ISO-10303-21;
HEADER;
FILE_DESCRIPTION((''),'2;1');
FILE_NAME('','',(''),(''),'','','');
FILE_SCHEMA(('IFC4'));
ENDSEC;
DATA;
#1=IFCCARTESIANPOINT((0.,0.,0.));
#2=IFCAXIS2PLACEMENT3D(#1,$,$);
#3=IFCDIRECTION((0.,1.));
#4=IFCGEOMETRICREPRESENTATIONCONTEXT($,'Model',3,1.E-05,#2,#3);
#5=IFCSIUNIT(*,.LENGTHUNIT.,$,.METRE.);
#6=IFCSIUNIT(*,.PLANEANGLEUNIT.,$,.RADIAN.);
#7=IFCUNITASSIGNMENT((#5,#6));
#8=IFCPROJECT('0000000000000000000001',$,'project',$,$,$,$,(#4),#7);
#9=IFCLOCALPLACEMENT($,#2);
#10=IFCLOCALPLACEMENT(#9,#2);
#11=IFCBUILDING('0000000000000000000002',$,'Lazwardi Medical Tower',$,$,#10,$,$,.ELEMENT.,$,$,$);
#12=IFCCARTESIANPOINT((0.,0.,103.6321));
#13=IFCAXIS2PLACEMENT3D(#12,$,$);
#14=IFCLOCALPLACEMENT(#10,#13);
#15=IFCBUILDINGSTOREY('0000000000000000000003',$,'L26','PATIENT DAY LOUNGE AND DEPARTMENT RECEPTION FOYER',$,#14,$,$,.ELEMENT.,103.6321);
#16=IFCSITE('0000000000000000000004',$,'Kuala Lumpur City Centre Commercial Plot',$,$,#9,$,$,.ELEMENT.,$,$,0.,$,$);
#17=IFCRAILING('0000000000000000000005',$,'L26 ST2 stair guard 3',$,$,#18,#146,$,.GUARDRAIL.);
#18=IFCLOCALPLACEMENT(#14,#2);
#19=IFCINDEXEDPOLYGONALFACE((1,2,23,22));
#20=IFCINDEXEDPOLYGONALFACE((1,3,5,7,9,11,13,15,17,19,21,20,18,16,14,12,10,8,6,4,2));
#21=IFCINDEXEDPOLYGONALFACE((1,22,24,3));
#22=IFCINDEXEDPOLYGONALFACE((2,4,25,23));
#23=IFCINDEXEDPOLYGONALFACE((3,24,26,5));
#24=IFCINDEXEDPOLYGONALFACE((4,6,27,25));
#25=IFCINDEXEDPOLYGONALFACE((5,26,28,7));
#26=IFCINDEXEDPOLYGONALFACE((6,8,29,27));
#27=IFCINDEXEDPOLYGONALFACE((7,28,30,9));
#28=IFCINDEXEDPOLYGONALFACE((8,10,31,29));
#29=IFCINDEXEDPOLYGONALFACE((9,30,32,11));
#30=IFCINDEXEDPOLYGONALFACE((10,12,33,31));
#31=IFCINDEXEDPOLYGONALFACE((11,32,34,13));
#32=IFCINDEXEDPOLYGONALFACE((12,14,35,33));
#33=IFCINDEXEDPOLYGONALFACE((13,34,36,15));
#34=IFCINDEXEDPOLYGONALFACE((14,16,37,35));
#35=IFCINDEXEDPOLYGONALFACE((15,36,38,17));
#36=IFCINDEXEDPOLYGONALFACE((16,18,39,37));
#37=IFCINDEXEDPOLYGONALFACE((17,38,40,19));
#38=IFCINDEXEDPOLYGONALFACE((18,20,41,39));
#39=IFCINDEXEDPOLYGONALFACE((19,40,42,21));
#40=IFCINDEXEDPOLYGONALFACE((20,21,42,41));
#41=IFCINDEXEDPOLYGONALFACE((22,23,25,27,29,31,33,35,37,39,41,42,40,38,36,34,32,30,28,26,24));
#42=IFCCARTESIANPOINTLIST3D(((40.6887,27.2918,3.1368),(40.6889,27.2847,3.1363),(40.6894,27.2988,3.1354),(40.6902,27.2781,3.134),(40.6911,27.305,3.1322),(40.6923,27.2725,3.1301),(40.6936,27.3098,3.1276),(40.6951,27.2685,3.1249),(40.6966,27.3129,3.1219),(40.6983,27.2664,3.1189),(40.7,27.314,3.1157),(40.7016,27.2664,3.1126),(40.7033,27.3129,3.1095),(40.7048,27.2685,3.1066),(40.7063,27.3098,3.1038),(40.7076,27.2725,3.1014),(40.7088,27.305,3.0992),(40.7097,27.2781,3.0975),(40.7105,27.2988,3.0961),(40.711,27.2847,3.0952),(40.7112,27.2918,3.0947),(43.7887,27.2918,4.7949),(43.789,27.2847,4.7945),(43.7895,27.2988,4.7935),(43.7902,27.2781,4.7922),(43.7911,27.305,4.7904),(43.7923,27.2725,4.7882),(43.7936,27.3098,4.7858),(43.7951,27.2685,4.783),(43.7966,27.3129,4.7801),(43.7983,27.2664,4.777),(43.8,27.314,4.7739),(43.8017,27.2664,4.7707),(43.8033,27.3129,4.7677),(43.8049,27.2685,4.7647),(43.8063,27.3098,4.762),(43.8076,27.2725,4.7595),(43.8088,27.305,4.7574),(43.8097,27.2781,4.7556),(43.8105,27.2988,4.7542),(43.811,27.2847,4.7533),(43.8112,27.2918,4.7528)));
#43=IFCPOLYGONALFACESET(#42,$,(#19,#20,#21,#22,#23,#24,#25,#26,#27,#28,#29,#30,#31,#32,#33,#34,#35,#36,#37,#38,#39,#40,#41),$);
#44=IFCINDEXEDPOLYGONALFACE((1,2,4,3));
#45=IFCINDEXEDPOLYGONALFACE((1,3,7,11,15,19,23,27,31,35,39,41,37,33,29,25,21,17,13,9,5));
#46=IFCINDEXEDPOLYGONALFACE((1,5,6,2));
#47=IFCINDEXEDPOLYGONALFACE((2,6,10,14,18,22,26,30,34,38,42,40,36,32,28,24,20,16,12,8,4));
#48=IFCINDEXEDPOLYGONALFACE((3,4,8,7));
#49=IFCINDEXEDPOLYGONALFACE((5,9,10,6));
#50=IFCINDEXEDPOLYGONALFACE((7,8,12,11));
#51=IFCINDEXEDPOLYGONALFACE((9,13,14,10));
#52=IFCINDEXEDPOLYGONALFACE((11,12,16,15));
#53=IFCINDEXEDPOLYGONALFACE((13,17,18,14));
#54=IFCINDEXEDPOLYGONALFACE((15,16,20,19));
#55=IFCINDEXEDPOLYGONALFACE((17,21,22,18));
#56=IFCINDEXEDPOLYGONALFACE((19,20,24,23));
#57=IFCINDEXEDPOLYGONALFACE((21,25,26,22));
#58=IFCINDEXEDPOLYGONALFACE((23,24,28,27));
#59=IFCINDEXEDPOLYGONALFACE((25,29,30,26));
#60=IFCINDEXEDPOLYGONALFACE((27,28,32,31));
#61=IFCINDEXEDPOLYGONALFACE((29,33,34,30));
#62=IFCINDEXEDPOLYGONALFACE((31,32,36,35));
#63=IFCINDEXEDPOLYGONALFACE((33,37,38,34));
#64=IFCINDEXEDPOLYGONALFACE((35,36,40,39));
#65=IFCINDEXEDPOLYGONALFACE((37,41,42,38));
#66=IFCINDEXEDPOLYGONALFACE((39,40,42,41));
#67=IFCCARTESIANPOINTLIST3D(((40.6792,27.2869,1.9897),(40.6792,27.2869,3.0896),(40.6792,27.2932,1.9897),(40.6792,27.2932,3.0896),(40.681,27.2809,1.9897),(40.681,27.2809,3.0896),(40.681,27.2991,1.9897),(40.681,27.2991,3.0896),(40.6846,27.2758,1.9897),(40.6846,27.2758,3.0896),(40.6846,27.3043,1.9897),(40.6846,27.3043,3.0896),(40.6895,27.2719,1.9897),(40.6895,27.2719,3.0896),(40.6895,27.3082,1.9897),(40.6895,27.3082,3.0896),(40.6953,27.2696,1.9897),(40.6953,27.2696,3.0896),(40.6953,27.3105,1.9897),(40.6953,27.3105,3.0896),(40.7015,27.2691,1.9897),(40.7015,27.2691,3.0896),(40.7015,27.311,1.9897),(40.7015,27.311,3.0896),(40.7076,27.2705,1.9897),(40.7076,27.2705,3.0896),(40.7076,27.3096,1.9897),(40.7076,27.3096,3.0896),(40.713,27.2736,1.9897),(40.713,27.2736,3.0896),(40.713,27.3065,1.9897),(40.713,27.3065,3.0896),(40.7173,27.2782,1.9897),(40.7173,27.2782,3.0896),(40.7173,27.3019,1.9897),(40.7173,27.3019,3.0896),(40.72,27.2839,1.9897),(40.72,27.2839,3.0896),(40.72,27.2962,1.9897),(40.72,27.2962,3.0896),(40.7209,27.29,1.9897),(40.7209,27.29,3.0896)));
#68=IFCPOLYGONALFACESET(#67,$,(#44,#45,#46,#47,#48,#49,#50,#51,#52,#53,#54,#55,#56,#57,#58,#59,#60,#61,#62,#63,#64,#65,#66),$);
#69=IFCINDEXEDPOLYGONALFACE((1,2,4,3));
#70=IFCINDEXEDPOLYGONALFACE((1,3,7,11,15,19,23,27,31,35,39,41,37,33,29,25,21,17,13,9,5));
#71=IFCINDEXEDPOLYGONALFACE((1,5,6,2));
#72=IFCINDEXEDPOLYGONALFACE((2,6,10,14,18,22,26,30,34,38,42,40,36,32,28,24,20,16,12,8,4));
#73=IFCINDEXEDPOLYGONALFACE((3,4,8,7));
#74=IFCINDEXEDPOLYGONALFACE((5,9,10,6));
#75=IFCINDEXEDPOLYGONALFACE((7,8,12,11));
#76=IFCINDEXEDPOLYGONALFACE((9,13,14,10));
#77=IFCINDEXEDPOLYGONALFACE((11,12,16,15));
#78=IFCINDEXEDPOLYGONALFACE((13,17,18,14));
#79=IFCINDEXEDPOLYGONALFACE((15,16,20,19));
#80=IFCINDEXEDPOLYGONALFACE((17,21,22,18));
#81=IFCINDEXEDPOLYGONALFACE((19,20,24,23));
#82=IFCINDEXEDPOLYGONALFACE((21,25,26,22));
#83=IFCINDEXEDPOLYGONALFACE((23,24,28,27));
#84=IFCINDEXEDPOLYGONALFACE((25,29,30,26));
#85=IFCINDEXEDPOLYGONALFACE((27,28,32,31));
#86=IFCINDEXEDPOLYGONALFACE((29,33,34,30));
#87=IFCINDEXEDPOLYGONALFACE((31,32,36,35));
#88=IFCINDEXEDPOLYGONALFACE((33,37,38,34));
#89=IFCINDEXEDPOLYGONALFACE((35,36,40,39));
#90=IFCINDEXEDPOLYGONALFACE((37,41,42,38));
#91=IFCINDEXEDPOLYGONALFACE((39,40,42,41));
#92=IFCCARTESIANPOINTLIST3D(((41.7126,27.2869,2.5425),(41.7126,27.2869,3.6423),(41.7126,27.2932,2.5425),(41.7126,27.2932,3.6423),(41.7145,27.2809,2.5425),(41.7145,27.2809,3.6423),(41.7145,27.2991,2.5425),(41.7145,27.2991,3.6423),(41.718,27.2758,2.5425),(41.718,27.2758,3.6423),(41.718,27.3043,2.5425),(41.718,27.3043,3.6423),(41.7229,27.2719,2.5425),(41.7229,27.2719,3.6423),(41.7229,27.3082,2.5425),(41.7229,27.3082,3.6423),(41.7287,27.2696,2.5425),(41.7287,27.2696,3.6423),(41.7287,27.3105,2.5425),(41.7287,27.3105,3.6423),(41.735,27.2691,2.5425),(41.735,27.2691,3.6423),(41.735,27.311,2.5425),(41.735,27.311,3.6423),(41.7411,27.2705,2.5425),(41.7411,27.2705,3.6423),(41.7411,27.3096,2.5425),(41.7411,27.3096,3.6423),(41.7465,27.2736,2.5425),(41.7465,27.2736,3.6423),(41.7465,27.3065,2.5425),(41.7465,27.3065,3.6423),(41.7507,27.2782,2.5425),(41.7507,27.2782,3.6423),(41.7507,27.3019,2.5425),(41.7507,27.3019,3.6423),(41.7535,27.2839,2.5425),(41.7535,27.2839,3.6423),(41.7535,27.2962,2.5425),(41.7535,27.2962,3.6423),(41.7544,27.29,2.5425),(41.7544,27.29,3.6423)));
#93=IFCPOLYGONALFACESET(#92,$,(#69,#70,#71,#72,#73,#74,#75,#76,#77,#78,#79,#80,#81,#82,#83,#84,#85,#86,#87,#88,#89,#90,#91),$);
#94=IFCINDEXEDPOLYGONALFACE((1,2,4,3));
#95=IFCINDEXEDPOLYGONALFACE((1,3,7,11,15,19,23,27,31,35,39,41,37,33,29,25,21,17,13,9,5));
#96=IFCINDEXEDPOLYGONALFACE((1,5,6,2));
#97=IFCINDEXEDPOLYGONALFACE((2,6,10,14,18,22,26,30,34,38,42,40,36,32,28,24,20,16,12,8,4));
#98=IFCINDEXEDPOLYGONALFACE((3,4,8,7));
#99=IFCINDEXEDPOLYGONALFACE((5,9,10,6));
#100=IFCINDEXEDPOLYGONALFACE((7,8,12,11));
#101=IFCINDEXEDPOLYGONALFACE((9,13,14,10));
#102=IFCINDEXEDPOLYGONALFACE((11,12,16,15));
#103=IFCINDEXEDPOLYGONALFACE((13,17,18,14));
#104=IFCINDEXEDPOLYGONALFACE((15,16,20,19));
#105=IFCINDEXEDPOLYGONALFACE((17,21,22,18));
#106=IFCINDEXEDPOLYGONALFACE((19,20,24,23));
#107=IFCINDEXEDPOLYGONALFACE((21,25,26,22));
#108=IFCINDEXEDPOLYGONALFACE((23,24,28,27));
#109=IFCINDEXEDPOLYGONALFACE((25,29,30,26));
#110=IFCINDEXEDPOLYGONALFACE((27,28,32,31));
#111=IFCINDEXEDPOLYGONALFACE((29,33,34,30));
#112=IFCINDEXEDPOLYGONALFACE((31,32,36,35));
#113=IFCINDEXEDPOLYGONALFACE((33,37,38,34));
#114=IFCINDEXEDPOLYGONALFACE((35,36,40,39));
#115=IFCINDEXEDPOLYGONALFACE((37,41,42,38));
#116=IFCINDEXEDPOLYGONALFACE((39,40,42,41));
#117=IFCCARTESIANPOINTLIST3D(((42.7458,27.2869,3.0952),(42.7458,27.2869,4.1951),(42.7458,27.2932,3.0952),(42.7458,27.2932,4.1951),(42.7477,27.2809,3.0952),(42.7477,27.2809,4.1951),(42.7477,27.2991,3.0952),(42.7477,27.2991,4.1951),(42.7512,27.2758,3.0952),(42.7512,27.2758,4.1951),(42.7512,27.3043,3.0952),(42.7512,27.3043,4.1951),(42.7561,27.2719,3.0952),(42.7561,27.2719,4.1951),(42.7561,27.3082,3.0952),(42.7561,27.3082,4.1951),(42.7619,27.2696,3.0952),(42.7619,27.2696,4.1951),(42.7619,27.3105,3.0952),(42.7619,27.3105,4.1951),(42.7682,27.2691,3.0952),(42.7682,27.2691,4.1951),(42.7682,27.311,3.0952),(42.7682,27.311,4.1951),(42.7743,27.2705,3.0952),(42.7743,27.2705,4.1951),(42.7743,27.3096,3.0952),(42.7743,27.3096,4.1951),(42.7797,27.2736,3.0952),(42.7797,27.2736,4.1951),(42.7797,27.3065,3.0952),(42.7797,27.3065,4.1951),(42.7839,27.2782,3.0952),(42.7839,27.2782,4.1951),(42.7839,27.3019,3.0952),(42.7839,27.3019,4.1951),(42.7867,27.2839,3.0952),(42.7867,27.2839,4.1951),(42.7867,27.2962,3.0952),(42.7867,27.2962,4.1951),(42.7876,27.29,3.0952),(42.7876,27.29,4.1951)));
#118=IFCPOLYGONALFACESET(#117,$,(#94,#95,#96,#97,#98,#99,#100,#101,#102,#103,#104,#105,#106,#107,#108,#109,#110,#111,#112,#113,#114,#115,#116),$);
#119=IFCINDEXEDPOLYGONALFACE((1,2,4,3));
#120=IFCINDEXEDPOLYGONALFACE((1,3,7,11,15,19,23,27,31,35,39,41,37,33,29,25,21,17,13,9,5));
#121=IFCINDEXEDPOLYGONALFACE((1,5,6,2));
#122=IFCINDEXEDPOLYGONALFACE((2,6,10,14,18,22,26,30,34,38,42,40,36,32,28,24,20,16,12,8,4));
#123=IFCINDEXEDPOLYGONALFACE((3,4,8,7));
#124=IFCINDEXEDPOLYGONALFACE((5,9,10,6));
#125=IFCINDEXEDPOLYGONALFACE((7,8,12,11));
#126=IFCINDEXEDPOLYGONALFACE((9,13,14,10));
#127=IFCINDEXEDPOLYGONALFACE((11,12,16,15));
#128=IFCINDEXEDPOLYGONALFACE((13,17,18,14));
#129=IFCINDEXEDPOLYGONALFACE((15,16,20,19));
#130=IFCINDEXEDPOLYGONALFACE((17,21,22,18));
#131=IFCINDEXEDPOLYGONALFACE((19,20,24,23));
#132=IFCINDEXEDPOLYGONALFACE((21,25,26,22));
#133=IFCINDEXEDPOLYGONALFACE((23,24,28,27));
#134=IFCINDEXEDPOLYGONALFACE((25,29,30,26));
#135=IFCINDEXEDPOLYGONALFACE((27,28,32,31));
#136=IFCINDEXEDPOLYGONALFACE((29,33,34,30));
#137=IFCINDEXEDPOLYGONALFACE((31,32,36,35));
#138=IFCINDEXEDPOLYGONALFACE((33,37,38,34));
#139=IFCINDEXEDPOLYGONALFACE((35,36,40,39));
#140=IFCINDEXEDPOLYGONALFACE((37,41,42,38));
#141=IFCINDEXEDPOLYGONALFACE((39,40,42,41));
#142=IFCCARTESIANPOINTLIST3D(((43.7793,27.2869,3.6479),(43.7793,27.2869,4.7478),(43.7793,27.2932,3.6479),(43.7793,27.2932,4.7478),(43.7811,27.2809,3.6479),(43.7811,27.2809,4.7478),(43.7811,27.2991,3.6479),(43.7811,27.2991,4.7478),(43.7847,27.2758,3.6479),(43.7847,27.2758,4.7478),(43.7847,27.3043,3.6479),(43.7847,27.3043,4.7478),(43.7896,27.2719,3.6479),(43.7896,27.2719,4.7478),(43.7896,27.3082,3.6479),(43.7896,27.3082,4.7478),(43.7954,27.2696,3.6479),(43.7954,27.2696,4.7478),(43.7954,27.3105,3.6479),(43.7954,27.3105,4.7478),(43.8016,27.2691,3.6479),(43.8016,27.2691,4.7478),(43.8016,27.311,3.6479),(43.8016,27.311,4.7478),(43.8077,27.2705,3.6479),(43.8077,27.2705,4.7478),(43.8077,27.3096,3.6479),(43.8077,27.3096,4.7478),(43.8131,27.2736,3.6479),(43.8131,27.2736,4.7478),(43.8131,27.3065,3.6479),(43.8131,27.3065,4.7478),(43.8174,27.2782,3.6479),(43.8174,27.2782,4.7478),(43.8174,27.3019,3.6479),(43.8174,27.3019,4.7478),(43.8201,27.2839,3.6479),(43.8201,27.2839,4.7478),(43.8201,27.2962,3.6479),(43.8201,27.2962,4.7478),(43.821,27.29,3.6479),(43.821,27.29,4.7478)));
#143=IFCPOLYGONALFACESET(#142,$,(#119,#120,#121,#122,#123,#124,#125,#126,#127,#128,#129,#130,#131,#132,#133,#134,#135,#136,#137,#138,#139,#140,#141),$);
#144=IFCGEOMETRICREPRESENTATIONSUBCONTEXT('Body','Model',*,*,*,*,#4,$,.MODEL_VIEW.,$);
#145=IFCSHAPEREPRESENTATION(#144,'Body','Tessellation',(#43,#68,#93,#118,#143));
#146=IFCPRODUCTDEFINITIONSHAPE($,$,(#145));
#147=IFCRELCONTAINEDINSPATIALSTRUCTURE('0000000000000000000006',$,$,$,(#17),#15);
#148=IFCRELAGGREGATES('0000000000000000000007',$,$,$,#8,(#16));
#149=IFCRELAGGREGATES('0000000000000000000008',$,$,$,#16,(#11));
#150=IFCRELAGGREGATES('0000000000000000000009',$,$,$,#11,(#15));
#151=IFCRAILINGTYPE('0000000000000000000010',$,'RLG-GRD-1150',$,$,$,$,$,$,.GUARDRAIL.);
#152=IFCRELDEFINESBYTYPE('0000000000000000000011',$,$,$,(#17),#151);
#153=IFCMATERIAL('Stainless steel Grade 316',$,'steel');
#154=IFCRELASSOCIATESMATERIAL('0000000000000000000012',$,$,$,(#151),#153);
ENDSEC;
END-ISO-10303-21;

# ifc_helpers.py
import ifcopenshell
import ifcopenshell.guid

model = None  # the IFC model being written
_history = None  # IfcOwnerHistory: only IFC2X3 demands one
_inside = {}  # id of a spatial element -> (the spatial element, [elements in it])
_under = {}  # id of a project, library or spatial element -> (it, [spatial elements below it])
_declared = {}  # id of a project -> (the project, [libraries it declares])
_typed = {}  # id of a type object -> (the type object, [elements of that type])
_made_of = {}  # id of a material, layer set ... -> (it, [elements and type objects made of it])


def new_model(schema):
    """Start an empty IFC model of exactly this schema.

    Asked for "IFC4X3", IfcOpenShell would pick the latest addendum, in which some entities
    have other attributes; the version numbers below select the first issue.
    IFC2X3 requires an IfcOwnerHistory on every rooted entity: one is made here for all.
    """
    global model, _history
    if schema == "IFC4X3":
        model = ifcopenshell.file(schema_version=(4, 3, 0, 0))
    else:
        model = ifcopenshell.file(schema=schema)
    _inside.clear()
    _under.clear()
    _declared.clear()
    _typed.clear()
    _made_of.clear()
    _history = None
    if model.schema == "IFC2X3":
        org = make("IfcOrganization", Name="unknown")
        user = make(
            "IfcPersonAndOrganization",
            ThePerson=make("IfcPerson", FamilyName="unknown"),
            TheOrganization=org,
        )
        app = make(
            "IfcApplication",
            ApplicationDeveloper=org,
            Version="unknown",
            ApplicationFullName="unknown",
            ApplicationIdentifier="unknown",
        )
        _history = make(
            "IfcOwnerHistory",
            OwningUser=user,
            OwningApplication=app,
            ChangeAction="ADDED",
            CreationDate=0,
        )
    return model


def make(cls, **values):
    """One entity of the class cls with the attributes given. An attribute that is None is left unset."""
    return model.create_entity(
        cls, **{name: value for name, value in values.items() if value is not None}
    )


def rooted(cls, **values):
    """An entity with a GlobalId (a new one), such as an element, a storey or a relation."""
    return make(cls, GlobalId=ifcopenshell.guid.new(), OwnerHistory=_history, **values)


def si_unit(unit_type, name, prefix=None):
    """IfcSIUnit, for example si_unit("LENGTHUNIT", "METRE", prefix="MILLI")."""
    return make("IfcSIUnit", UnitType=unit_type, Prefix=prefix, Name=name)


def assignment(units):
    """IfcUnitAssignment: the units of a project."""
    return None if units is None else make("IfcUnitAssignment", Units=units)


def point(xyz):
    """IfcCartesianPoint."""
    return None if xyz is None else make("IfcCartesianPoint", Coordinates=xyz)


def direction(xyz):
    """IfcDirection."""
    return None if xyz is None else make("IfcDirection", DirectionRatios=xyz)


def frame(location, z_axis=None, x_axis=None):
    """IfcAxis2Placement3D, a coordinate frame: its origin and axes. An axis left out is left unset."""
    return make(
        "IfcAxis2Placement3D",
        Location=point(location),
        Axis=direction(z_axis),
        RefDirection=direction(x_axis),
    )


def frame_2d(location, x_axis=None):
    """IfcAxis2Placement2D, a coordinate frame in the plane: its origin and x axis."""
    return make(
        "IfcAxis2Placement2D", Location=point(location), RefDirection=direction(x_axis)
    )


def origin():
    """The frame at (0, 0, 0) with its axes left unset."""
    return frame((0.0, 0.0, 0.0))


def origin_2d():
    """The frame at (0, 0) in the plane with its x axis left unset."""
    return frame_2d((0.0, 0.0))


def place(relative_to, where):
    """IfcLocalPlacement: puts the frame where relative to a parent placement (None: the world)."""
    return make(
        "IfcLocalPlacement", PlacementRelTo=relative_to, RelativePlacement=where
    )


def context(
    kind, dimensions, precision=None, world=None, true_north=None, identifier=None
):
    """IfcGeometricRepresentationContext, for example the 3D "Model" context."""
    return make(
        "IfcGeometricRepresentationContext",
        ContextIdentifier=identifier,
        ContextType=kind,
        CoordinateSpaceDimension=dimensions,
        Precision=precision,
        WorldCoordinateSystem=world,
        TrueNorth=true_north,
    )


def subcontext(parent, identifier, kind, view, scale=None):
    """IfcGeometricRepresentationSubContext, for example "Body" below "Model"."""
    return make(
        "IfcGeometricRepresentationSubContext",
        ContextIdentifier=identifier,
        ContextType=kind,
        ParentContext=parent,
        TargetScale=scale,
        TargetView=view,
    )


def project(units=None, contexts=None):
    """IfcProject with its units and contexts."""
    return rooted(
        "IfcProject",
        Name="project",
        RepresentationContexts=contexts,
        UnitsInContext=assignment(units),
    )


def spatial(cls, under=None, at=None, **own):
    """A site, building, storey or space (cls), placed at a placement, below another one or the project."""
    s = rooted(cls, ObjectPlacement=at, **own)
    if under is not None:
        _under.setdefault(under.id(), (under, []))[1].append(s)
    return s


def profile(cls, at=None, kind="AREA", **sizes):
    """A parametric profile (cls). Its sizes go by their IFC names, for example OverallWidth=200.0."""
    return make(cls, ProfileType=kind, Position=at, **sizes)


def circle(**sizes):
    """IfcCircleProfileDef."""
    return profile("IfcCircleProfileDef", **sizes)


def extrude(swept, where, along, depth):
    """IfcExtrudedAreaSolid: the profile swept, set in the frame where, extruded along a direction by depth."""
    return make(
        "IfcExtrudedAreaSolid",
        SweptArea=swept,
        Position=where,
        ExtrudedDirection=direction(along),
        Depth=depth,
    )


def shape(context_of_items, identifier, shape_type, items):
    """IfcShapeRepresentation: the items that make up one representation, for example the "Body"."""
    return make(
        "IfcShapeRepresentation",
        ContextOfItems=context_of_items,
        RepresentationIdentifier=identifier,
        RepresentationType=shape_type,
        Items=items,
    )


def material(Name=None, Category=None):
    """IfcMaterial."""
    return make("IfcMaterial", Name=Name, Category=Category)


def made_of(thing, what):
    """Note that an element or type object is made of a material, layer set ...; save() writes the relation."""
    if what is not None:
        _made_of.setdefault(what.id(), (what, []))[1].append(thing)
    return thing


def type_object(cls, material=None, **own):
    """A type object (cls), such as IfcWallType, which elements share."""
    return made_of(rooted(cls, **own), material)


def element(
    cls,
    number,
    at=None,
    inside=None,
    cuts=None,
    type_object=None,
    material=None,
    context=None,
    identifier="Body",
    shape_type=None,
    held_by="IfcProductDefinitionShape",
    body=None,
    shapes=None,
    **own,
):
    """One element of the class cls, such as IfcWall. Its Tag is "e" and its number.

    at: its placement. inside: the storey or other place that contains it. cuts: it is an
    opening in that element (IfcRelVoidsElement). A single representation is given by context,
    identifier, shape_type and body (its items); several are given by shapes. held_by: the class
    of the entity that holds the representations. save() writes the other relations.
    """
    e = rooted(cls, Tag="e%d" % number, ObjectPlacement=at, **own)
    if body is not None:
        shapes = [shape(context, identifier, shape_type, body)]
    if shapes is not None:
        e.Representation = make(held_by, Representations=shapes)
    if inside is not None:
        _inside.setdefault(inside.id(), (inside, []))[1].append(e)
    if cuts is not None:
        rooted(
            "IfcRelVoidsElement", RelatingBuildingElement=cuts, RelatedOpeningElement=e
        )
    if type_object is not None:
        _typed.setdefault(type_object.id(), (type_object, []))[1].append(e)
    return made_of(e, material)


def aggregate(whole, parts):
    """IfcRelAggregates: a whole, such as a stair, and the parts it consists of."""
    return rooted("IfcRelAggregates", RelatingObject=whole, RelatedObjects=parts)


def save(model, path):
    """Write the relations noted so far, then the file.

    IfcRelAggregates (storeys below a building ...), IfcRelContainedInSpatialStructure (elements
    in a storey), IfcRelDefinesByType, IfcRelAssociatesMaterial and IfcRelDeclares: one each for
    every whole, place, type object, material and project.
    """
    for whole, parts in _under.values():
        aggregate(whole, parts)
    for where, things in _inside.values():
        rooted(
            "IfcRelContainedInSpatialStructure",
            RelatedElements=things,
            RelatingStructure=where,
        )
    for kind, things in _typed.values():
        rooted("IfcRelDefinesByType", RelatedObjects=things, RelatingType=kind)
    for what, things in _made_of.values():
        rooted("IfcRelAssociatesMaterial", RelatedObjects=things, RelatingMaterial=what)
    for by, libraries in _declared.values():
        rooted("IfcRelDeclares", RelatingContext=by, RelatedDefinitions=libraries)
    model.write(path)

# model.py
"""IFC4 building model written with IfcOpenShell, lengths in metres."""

from ifc_helpers import new_model, si_unit, direction, frame, origin, origin_2d, place, context, subcontext, project, spatial, circle, extrude, material, type_object, element, save


model = new_model("IFC4")

# Units and contexts
model_context = context("Model", 3, precision=1e-05, world=origin(), true_north=direction((0.0, 1.0)))
body_context = subcontext(model_context, "Body", "Model", "MODEL_VIEW")
ifc_project = project(units=[si_unit("LENGTHUNIT", "METRE"), si_unit("PLANEANGLEUNIT", "RADIAN")], contexts=[model_context])

# Site, building, storey
site_placement = place(None, origin())
site = spatial("IfcSite", under=ifc_project, at=site_placement, Name="Kuala Lumpur City Centre Commercial Plot", CompositionType="ELEMENT", RefElevation=0.0)
building_placement = place(site_placement, origin())
building = spatial("IfcBuilding", under=site, at=building_placement, Name="Lazwardi Medical Tower", CompositionType="ELEMENT")
storey_placement = place(building_placement, frame((0.0, 0.0, 103.6321)))
storey = spatial("IfcBuildingStorey", under=building, at=storey_placement, Name="L26", Description="PATIENT DAY LOUNGE AND DEPARTMENT RECEPTION FOYER", CompositionType="ELEMENT", Elevation=103.6321)

# Railing
ifc_material_1 = material(Name="Stainless steel Grade 316", Category="steel")
railing_type_1 = type_object("IfcRailingType", Name="RLG-GRD-1150", PredefinedType="GUARDRAIL", material=ifc_material_1)
railing_1_placement = place(storey_placement, frame((40.7, 27.29, 1.9897)))
element("IfcRailing", 1, at=railing_1_placement, inside=storey, type_object=railing_type_1, Name="L26 ST2 stair guard 3", PredefinedType="GUARDRAIL", context=body_context, shape_type="SweptSolid", body=[
    extrude(circle(Radius=0.0239, at=origin_2d()), frame((0.0, 0.0, 1.126), z_axis=(0.881783, 0.0, 0.471655), x_axis=(0.0, 1.0, 0.0)), (0.0, 0.0, 1.0), 3.5156),
    extrude(circle(Radius=0.021, at=origin_2d()), origin(), (0.0, 0.0, 1.0), 1.0999),
    extrude(circle(Radius=0.021, at=origin_2d()), frame((1.0334, 0.0, 0.5527)), (0.0, 0.0, 1.0), 1.0999),
    extrude(circle(Radius=0.021, at=origin_2d()), frame((2.0667, 0.0, 1.1055)), (0.0, 0.0, 1.0), 1.0999),
    extrude(circle(Radius=0.021, at=origin_2d()), frame((3.1001, 0.0, 1.6582)), (0.0, 0.0, 1.0), 1.0999),
])

save(model, "model.ifc")
